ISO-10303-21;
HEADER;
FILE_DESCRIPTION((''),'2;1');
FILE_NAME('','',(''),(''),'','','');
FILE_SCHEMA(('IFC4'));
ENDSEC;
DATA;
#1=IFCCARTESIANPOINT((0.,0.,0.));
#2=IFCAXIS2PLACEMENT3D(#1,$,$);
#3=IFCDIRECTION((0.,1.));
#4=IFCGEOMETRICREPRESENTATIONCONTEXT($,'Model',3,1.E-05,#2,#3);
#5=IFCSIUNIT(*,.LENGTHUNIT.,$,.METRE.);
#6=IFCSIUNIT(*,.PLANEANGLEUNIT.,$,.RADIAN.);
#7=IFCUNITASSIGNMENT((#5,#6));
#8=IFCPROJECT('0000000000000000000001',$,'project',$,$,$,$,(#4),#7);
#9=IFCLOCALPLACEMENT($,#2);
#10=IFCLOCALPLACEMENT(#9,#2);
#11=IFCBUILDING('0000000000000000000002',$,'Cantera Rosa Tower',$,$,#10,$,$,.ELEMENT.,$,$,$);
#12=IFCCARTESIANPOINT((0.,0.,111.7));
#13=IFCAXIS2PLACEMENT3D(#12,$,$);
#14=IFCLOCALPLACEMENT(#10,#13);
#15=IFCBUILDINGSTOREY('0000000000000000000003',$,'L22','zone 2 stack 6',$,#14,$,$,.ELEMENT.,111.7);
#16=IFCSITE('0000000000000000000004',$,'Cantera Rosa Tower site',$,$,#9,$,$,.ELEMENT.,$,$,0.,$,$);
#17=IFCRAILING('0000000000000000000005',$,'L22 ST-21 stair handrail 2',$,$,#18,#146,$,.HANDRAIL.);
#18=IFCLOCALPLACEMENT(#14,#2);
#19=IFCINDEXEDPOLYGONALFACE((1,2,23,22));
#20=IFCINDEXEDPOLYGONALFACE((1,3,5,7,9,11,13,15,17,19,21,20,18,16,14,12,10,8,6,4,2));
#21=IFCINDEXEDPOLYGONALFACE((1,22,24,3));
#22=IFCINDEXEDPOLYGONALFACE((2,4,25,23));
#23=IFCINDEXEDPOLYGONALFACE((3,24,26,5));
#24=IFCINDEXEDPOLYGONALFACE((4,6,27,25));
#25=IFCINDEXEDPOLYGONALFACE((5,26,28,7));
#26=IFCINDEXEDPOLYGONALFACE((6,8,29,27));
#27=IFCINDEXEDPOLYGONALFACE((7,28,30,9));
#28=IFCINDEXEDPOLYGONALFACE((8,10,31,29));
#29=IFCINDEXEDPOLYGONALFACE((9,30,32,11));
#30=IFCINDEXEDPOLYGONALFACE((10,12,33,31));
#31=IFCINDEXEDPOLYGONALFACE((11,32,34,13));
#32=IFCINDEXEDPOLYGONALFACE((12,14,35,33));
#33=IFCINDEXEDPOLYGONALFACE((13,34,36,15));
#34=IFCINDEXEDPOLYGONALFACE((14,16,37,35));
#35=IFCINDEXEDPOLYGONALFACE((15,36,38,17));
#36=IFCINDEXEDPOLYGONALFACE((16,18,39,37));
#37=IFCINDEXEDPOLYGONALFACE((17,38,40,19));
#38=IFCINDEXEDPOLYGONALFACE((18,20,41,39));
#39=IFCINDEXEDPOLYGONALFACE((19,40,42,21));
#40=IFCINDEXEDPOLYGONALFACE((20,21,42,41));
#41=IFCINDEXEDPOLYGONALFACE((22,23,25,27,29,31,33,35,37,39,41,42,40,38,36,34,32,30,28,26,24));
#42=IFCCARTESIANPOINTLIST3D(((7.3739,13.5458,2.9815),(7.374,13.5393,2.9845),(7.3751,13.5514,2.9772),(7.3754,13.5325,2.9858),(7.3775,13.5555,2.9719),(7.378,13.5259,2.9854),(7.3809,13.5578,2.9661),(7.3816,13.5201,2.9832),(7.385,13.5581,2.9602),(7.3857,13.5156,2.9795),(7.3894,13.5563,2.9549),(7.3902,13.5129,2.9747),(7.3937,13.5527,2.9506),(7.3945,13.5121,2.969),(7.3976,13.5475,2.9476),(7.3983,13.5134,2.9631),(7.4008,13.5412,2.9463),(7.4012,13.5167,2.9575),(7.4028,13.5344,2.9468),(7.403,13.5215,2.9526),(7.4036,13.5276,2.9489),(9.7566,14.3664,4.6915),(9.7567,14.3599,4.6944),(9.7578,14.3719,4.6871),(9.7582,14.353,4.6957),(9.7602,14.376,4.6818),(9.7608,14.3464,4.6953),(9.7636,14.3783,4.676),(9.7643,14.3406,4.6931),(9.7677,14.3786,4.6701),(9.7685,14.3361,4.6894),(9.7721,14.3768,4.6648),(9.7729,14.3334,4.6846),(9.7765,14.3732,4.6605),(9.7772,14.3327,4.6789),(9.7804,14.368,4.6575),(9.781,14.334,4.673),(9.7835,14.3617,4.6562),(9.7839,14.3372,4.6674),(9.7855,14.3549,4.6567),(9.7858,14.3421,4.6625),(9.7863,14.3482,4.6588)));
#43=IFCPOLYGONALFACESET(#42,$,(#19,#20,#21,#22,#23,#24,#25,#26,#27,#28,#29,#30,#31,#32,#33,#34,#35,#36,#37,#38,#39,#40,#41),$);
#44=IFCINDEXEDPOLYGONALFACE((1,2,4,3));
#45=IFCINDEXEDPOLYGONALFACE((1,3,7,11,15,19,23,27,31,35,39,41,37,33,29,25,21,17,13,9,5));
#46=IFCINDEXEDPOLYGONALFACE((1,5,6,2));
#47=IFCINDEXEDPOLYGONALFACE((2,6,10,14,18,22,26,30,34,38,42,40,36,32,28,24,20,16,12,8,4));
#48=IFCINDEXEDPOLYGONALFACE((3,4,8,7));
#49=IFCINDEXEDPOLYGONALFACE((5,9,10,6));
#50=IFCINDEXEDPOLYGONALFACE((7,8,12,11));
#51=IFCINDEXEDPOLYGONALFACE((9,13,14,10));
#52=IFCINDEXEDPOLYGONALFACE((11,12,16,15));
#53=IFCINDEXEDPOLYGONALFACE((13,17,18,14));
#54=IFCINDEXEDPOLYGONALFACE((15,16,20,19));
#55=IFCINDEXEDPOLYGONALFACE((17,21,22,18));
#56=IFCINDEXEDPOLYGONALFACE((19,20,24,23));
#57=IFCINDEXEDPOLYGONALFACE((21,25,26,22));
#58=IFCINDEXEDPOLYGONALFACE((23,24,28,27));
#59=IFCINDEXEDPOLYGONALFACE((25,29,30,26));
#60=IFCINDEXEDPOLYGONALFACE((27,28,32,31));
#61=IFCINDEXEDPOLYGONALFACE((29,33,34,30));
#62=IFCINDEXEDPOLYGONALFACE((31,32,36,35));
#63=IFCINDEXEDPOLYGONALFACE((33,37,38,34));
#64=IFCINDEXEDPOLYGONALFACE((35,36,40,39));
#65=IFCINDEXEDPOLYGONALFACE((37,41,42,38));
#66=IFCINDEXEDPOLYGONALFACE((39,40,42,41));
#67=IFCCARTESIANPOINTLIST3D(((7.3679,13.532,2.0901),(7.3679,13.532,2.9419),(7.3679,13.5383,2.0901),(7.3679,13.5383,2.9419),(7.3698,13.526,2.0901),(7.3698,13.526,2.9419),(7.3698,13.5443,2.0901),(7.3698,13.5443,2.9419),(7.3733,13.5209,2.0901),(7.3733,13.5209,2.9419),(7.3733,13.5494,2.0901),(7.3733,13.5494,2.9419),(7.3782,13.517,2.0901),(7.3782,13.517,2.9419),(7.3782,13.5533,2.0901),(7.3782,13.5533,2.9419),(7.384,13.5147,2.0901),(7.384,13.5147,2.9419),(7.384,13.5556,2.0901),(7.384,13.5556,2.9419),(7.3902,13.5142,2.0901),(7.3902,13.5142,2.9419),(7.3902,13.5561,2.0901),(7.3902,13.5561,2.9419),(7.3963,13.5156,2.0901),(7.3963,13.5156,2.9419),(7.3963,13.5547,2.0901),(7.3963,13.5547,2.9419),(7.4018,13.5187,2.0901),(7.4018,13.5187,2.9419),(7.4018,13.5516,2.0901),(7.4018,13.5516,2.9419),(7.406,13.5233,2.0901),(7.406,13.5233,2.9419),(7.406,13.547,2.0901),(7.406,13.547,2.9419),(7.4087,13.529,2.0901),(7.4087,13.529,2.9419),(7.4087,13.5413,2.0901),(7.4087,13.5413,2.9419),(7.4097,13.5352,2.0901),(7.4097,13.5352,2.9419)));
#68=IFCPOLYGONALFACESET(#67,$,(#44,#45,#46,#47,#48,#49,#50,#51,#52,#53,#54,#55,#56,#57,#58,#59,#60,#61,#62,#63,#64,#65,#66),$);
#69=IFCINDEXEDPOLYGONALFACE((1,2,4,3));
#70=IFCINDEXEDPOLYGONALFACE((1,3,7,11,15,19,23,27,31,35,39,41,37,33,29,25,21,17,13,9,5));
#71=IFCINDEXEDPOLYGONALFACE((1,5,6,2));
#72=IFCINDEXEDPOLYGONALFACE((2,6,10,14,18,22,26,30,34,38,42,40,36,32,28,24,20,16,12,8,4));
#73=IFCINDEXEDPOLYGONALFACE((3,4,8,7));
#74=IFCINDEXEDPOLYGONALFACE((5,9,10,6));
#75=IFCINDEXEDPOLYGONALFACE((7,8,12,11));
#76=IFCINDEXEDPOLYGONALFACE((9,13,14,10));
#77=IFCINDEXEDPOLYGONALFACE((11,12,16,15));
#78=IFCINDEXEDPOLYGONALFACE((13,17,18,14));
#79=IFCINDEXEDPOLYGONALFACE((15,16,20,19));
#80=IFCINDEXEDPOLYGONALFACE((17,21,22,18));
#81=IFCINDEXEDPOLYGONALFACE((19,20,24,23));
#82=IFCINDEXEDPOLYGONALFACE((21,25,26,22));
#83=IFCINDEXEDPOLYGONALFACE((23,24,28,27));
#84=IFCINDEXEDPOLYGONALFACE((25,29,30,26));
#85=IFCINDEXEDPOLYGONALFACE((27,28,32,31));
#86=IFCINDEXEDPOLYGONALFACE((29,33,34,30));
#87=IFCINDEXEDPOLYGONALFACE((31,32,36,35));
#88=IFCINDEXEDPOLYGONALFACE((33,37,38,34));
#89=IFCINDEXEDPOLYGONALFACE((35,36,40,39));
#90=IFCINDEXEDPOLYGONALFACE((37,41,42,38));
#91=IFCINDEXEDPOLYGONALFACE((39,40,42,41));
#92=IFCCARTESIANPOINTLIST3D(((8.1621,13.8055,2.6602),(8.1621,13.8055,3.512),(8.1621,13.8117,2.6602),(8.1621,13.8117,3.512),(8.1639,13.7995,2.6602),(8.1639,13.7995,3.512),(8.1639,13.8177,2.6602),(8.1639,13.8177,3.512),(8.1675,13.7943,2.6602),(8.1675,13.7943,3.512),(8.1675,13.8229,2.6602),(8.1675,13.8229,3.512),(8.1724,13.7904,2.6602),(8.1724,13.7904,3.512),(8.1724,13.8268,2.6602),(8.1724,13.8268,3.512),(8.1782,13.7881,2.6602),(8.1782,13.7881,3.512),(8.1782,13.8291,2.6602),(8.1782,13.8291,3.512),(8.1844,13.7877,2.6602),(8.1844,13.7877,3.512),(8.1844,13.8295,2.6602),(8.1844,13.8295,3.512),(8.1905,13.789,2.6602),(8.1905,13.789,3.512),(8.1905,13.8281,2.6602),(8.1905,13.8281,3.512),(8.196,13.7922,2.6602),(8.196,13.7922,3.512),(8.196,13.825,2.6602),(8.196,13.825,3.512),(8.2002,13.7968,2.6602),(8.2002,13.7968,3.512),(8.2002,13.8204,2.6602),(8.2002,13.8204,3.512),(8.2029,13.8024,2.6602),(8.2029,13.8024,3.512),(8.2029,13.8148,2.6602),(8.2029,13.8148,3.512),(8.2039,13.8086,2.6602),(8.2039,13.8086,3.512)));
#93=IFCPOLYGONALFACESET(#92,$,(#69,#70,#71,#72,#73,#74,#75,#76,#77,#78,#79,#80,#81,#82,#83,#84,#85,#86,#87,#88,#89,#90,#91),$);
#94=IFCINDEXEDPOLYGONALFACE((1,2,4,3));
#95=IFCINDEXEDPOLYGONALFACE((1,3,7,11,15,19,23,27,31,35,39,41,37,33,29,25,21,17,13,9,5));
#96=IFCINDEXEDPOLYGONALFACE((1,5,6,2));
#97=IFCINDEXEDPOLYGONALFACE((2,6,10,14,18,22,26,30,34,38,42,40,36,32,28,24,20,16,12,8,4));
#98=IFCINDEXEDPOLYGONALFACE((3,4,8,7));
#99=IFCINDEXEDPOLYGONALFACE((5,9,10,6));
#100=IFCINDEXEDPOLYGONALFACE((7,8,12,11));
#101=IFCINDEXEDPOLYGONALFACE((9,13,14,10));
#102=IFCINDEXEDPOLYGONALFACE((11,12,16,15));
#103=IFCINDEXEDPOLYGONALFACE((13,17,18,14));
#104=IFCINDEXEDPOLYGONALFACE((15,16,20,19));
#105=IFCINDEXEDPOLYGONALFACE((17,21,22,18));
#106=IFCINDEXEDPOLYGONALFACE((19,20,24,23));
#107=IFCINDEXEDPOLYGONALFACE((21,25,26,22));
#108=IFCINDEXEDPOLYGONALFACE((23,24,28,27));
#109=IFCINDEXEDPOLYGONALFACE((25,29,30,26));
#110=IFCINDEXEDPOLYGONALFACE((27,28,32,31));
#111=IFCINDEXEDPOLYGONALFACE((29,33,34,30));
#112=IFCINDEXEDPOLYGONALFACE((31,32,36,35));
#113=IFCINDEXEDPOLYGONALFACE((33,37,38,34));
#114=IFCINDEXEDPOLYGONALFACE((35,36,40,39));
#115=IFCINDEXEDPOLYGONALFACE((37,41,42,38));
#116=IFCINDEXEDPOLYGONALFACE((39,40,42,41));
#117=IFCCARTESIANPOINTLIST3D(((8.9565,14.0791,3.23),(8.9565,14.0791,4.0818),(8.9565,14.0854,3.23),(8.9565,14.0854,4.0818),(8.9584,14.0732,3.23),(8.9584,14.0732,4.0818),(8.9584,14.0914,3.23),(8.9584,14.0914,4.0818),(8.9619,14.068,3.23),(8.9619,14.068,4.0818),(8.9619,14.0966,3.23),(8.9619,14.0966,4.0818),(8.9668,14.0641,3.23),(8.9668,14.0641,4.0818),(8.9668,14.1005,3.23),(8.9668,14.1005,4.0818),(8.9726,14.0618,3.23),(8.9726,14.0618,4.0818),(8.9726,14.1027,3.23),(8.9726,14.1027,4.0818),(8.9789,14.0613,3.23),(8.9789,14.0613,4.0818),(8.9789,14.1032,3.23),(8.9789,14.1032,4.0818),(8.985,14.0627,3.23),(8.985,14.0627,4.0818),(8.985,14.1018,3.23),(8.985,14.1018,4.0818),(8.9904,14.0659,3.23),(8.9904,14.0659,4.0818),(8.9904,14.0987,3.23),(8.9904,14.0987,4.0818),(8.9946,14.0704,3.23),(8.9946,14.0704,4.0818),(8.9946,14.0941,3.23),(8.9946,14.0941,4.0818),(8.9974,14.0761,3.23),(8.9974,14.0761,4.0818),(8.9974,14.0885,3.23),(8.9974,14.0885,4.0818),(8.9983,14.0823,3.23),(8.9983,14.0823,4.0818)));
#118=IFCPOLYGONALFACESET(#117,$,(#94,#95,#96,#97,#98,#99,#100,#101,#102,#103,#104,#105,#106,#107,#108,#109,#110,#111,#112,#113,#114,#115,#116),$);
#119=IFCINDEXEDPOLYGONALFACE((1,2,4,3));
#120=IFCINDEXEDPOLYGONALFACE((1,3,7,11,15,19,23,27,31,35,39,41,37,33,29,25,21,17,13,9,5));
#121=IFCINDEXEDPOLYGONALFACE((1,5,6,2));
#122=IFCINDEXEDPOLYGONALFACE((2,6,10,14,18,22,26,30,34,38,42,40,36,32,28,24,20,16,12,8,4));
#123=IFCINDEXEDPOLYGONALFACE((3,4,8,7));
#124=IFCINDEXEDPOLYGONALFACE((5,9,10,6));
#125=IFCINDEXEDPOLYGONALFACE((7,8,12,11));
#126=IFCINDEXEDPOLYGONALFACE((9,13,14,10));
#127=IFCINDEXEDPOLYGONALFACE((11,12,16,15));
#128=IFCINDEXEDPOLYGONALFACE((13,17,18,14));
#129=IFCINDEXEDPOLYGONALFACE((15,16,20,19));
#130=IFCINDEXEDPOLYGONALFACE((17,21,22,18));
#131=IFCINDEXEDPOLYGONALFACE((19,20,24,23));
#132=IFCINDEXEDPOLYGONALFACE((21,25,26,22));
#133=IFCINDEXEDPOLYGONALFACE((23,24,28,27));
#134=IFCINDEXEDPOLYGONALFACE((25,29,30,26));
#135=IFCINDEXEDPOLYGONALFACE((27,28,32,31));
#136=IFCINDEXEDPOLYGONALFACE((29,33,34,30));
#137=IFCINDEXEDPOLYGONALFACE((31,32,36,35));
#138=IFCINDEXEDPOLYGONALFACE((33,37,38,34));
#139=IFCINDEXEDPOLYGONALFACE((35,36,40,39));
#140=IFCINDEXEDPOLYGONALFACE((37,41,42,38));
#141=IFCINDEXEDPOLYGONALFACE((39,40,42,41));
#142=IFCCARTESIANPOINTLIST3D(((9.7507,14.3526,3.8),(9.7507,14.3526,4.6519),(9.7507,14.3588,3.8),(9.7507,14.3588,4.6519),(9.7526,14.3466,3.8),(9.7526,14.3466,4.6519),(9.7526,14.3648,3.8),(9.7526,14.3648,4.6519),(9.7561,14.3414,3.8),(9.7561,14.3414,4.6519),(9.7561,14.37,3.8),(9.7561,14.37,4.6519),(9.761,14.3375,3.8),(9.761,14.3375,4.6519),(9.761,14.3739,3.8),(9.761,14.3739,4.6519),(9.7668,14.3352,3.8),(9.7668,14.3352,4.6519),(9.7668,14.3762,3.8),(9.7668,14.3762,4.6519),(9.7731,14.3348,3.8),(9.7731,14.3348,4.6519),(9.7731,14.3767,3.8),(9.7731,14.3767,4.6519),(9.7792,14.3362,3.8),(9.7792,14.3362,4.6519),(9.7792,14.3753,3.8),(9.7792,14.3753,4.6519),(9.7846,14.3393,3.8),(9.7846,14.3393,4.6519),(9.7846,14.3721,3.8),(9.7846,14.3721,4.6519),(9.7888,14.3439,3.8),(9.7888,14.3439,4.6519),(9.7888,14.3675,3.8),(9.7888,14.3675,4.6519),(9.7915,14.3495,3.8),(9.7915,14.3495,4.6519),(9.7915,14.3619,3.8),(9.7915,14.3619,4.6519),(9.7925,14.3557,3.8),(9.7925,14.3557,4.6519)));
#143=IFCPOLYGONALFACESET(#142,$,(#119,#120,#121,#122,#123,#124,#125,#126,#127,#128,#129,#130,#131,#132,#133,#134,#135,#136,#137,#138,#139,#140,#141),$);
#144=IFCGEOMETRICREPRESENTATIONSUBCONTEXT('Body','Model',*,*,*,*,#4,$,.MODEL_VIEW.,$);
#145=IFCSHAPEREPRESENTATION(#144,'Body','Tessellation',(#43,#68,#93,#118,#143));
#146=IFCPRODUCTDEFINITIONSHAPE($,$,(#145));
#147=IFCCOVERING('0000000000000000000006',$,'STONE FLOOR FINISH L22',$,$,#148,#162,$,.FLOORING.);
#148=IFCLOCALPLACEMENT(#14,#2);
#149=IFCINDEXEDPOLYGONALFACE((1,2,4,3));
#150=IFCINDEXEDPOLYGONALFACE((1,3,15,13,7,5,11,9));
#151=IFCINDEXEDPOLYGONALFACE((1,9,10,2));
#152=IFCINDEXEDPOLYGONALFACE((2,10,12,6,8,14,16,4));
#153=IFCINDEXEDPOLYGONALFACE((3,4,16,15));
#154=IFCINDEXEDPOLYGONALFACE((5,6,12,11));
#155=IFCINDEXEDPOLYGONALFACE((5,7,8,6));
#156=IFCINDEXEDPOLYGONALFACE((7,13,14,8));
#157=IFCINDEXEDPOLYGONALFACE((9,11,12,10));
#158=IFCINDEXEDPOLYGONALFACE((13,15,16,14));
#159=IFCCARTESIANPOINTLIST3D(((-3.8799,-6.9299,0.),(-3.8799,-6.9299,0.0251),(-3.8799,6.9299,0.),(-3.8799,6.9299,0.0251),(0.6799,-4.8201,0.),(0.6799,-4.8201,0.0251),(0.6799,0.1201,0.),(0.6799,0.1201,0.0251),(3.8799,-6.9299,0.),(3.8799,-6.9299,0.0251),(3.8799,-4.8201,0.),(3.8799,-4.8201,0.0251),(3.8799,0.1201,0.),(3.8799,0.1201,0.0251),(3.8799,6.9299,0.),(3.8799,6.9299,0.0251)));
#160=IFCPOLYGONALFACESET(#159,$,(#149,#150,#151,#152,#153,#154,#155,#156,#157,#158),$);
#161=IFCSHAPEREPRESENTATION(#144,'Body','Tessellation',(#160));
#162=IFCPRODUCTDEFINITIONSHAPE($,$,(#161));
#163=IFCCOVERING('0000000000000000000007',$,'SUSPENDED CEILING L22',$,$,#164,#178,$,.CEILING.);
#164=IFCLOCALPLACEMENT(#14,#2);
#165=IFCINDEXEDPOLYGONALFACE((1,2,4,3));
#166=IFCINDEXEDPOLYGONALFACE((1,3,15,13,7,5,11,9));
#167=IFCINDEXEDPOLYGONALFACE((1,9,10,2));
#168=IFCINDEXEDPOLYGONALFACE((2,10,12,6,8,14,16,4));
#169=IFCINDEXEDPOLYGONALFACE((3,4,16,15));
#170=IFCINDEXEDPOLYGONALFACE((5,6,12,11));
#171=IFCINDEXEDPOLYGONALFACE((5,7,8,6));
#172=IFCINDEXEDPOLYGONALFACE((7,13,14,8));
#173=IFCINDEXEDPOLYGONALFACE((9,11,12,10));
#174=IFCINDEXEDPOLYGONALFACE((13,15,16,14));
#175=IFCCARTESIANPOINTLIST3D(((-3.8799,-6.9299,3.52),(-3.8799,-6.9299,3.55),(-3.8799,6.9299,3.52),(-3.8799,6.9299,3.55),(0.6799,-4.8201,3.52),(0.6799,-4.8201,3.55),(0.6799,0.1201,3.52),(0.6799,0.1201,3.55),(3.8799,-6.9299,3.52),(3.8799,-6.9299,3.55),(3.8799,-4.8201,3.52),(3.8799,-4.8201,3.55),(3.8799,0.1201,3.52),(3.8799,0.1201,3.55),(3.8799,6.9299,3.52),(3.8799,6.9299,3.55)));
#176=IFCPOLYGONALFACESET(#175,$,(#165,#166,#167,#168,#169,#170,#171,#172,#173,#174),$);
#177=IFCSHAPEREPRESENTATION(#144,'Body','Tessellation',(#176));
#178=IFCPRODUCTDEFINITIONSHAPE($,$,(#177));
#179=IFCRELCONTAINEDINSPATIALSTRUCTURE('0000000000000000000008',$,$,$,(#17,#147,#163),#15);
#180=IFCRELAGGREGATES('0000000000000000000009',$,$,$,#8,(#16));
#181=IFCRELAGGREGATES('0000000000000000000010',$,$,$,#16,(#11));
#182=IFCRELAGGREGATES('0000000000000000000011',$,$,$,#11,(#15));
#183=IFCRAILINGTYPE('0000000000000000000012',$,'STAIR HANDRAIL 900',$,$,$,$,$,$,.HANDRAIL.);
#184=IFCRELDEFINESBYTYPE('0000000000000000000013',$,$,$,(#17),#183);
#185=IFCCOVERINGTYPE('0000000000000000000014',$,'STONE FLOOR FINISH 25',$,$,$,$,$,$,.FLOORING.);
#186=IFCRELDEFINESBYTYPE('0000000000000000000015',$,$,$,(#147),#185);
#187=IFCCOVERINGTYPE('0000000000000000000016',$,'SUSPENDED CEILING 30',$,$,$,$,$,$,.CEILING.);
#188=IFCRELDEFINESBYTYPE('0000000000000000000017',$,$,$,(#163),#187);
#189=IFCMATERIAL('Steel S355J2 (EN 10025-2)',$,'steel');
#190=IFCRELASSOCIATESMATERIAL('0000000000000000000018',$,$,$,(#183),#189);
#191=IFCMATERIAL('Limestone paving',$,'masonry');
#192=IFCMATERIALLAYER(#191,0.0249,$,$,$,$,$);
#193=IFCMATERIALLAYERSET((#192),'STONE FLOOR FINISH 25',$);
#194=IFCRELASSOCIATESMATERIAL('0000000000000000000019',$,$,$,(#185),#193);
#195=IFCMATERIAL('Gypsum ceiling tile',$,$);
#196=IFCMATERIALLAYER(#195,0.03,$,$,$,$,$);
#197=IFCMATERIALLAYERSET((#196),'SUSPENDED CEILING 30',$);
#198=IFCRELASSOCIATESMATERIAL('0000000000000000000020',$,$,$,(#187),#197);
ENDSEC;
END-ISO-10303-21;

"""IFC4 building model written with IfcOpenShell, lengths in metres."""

from ifc_helpers import new_model, si_unit, direction, frame, origin, origin_2d, place, context, subcontext, project, spatial, polyline, circle, outline, extrude, material, layer, layer_set, type_object, element, save


model = new_model("IFC4")

# Units and contexts
model_context = context("Model", 3, precision=1e-05, world=origin(), true_north=direction((0.0, 1.0)))
body_context = subcontext(model_context, "Body", "Model", "MODEL_VIEW")
ifc_project = project(units=[si_unit("LENGTHUNIT", "METRE"), si_unit("PLANEANGLEUNIT", "RADIAN")], contexts=[model_context])

# Site, building, storey
site_placement = place(None, origin())
site = spatial("IfcSite", under=ifc_project, at=site_placement, Name="Cantera Rosa Tower site", CompositionType="ELEMENT", RefElevation=0.0)
building_placement = place(site_placement, origin())
building = spatial("IfcBuilding", under=site, at=building_placement, Name="Cantera Rosa Tower", CompositionType="ELEMENT")
storey_placement = place(building_placement, frame((0.0, 0.0, 111.7)))
storey = spatial("IfcBuildingStorey", under=building, at=storey_placement, Name="L22", Description="zone 2 stack 6", CompositionType="ELEMENT", Elevation=111.7)

# Railing
ifc_material_1 = material(Name="Steel S355J2 (EN 10025-2)", Category="steel")
railing_type_1 = type_object("IfcRailingType", Name="STAIR HANDRAIL 900", PredefinedType="HANDRAIL", material=ifc_material_1)
railing_1_placement = place(storey_placement, frame((7.3887, 13.5352, 2.0901)))
element("IfcRailing", 1, at=railing_1_placement, inside=storey, type_object=railing_type_1, Name="L22 ST-21 stair handrail 2", PredefinedType="HANDRAIL", context=body_context, shape_type="SweptSolid", body=[
    extrude(circle(Radius=0.0239, at=origin_2d()), frame((0.0, 0.0, 0.876), z_axis=(0.782404, 0.269432, 0.561471), x_axis=(-0.3256, 0.945508, 0.0)), (0.0, 0.0, 1.0), 3.0454),
    extrude(circle(Radius=0.021, at=origin_2d()), origin(), (0.0, 0.0, 1.0), 0.8518),
    extrude(circle(Radius=0.021, at=origin_2d()), frame((0.7942, 0.2734, 0.5701)), (0.0, 0.0, 1.0), 0.8518),
    extrude(circle(Radius=0.021, at=origin_2d()), frame((1.5886, 0.5471, 1.1399)), (0.0, 0.0, 1.0), 0.8518),
    extrude(circle(Radius=0.021, at=origin_2d()), frame((2.3828, 0.8206, 1.71)), (0.0, 0.0, 1.0), 0.8518),
])

# Coverings
ifc_material_2 = material(Name="Limestone paving", Category="masonry")
ifc_layer_1 = layer(ifc_material_2, 0.0249)
ifc_layer_set_1 = layer_set([ifc_layer_1], Name="STONE FLOOR FINISH 25")
covering_type_1 = type_object("IfcCoveringType", Name="STONE FLOOR FINISH 25", PredefinedType="FLOORING", material=ifc_layer_set_1)
covering_1_placement = place(storey_placement, origin())
element("IfcCovering", 2, at=covering_1_placement, inside=storey, type_object=covering_type_1, Name="STONE FLOOR FINISH L22", PredefinedType="FLOORING", context=body_context, shape_type="SweptSolid", body=[
    extrude(outline(polyline([(3.8799, 6.9299), (3.8799, 0.1201), (0.6799, 0.1201), (0.6799, -4.8201), (3.8799, -4.8201), (3.8799, -6.9299), (-3.8799, -6.9299), (-3.8799, 6.9299), (3.8799, 6.9299)])), origin(), (0.0, 0.0, 1.0), 0.0251),
])
ifc_material_3 = material(Name="Gypsum ceiling tile")
ifc_layer_2 = layer(ifc_material_3, 0.03)
ifc_layer_set_2 = layer_set([ifc_layer_2], Name="SUSPENDED CEILING 30")
covering_type_2 = type_object("IfcCoveringType", Name="SUSPENDED CEILING 30", PredefinedType="CEILING", material=ifc_layer_set_2)
covering_2_placement = place(storey_placement, frame((0.0, 0.0, 3.52)))
element("IfcCovering", 3, at=covering_2_placement, inside=storey, type_object=covering_type_2, Name="SUSPENDED CEILING L22", PredefinedType="CEILING", context=body_context, shape_type="SweptSolid", body=[
    extrude(outline(polyline([(3.8799, 6.9299), (3.8799, 0.1201), (0.6799, 0.1201), (0.6799, -4.8201), (3.8799, -4.8201), (3.8799, -6.9299), (-3.8799, -6.9299), (-3.8799, 6.9299), (3.8799, 6.9299)])), origin(), (0.0, 0.0, 1.0), 0.03),
])

save(model, "model.ifc")
